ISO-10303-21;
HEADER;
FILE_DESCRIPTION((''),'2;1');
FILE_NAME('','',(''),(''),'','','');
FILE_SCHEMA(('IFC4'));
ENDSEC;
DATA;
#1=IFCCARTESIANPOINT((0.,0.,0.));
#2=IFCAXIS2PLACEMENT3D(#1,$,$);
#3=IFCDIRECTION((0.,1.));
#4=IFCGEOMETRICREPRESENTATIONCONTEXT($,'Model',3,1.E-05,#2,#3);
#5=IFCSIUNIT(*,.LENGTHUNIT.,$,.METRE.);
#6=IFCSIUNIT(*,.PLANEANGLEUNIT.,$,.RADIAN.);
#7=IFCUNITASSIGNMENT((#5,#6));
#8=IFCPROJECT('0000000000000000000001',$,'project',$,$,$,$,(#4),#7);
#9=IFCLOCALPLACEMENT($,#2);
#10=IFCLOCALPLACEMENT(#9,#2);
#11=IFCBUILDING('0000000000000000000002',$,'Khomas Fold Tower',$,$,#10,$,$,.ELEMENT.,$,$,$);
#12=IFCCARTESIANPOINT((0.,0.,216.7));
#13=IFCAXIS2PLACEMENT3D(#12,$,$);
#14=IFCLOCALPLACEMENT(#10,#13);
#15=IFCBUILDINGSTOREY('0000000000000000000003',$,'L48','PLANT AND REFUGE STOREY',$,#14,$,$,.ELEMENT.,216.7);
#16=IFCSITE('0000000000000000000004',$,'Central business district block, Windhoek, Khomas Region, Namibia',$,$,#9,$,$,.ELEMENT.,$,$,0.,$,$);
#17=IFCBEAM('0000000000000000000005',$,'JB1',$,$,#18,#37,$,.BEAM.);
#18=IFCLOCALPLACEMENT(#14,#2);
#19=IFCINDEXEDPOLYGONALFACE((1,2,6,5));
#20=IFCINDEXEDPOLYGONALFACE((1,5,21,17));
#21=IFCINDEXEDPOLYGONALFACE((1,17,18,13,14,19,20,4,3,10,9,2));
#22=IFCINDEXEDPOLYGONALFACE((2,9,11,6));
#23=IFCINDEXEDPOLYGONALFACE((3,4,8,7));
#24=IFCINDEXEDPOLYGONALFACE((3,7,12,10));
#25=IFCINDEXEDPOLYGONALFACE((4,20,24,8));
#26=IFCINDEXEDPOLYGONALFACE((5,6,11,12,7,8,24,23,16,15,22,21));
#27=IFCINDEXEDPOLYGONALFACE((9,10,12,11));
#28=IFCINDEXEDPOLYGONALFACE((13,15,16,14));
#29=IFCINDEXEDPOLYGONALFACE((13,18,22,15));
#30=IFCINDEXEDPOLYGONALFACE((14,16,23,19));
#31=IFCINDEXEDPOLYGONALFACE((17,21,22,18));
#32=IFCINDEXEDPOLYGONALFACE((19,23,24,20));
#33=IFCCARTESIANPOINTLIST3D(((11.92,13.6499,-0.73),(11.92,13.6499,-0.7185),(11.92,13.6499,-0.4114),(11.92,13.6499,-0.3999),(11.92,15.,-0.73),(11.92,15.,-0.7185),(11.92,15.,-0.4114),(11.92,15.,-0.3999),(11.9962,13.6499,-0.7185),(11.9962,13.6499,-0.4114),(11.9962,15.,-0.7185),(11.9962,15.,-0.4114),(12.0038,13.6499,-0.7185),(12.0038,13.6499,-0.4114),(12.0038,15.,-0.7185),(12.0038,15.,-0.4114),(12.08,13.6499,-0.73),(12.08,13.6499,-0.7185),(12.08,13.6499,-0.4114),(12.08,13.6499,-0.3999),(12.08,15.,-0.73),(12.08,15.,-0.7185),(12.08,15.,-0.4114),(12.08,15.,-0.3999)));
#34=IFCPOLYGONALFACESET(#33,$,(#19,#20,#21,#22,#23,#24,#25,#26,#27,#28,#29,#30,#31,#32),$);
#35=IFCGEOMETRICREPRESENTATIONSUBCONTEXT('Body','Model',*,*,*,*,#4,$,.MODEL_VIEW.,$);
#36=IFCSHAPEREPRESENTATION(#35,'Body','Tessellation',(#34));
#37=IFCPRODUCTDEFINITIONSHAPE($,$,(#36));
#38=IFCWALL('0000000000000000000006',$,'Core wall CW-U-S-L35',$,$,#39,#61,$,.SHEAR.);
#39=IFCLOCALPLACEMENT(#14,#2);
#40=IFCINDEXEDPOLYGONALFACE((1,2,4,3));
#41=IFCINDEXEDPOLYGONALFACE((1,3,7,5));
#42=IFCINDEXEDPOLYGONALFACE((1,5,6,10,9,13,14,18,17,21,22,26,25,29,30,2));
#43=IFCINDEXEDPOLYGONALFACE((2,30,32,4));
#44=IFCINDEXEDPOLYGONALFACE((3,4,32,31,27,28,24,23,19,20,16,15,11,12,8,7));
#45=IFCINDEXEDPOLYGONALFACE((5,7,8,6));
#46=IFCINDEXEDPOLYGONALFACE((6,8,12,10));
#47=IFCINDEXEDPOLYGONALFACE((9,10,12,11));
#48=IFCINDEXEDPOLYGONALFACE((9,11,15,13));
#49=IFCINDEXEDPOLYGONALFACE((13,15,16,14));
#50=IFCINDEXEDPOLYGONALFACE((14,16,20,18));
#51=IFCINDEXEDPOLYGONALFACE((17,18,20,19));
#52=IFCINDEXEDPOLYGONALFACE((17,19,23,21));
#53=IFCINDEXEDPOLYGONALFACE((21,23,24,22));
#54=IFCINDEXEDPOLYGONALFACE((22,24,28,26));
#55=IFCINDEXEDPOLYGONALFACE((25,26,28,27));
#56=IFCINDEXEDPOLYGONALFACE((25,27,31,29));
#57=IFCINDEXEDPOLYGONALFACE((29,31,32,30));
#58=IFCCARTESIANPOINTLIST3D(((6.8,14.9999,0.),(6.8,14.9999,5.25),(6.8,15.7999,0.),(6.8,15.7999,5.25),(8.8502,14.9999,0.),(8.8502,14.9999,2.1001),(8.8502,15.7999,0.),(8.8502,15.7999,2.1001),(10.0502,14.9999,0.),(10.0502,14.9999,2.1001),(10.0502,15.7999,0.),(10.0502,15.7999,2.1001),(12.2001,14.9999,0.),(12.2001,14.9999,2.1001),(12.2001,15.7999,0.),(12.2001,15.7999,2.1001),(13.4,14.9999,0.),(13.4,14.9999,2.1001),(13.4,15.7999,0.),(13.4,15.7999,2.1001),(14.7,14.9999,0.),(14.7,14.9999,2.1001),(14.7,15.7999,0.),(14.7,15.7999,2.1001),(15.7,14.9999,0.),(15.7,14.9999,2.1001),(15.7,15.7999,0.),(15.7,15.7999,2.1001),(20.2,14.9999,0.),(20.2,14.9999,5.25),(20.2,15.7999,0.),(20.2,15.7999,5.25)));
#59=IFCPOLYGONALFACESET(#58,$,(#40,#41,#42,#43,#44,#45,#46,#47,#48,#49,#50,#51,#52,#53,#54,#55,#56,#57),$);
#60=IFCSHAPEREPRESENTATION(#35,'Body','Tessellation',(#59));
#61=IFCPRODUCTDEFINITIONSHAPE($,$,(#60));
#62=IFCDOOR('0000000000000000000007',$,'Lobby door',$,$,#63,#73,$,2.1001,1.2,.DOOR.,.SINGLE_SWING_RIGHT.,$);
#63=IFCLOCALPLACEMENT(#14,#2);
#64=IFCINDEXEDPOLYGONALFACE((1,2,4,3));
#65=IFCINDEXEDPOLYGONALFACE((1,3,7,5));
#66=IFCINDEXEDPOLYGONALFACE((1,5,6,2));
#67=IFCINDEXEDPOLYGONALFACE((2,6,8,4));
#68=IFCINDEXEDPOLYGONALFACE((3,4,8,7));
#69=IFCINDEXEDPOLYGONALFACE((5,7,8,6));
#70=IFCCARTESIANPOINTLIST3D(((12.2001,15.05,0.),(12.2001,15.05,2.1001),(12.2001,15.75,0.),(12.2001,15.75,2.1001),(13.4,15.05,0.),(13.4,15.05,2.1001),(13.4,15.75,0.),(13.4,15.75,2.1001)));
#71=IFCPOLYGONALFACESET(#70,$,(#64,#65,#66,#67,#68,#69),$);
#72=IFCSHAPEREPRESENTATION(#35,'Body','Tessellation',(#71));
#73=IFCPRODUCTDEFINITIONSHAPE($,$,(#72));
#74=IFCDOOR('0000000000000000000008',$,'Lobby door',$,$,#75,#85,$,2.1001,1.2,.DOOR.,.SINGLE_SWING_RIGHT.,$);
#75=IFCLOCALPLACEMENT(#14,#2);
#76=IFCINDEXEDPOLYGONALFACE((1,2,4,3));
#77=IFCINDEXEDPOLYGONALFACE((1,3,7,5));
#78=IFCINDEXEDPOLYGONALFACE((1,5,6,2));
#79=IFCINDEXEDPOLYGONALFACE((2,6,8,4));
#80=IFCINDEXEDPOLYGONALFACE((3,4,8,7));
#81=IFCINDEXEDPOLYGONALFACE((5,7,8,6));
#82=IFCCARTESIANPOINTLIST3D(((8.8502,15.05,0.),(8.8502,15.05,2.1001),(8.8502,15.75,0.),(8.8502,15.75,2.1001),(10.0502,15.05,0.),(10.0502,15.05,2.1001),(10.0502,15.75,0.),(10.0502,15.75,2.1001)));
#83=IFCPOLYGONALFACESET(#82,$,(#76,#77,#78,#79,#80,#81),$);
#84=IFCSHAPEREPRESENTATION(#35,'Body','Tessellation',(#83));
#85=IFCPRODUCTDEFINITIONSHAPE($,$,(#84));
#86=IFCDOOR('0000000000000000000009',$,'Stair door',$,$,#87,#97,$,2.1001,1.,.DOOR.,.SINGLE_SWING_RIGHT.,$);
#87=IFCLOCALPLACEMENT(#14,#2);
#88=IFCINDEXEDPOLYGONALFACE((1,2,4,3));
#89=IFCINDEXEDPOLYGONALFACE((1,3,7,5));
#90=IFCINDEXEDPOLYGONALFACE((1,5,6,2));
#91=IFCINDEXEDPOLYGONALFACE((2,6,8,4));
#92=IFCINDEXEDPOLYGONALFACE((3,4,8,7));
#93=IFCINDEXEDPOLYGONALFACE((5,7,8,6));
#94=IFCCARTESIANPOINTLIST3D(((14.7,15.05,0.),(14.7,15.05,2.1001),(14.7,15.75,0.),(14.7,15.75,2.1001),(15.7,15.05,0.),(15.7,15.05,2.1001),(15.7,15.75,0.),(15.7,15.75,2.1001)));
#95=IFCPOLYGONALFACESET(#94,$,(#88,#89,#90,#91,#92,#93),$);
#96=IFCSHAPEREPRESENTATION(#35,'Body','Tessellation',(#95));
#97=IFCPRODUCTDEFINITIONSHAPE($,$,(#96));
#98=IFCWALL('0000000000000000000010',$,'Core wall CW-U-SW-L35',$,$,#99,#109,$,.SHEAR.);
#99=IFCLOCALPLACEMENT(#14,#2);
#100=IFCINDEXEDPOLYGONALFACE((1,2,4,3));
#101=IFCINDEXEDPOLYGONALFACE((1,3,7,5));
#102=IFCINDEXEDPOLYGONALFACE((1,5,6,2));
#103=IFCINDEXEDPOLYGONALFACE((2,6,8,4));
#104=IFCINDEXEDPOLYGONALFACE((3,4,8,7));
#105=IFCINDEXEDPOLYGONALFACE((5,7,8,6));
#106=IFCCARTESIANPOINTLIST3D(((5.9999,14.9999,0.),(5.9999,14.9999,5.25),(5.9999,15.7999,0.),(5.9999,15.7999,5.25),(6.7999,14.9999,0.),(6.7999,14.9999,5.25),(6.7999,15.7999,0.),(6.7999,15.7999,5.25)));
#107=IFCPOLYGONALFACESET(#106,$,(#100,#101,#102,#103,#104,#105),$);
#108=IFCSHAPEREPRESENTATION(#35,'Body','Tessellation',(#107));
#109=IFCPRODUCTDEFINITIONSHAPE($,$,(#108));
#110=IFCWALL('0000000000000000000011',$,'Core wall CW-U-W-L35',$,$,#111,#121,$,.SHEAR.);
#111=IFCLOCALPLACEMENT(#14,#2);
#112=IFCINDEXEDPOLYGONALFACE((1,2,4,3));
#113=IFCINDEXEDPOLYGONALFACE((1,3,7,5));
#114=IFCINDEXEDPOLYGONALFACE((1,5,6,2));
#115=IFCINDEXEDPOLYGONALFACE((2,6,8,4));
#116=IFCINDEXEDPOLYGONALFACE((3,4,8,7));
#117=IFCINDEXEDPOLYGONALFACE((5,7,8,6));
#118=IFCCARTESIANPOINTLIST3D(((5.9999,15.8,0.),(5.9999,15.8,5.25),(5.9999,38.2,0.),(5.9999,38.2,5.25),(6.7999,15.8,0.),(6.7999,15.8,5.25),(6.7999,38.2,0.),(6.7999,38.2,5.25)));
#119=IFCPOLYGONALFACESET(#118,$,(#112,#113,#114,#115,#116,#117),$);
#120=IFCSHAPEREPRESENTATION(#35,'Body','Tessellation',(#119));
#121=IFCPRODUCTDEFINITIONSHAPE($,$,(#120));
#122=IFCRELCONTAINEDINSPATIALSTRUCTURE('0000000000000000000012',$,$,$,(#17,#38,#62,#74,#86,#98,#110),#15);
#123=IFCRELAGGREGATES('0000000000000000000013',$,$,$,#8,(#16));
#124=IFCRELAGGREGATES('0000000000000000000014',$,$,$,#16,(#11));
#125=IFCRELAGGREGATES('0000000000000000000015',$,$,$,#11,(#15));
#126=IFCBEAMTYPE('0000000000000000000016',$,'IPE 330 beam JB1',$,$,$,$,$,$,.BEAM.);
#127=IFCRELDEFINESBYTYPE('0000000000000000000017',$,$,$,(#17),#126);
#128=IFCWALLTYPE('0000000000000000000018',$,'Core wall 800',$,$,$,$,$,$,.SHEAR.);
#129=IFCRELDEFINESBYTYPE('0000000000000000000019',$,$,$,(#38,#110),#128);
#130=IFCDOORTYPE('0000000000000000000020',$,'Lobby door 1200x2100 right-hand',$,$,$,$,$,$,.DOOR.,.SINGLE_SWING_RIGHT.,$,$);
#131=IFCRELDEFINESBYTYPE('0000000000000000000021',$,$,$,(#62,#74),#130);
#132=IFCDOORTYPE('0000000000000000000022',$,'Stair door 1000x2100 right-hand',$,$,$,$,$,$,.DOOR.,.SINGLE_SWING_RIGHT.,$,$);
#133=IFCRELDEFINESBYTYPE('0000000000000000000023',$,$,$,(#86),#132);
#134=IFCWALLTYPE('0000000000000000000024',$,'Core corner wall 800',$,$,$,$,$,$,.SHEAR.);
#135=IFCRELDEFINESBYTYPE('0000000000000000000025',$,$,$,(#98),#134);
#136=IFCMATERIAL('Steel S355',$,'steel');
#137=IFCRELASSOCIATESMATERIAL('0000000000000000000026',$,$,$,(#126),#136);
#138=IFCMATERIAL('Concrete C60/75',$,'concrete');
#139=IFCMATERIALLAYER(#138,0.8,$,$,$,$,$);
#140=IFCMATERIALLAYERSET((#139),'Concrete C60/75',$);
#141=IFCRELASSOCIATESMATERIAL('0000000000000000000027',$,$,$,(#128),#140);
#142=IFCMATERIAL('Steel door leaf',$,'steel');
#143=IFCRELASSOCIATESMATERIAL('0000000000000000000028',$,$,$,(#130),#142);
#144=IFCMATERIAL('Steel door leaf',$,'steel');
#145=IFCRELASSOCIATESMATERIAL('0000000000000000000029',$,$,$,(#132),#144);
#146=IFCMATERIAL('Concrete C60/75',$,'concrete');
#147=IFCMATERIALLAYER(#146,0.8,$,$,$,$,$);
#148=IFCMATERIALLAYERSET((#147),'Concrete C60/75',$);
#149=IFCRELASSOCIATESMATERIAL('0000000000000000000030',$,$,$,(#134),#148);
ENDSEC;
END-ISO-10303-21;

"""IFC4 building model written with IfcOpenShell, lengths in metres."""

from ifc_helpers import new_model, si_unit, direction, frame, frame_2d, origin, origin_2d, place, context, subcontext, project, spatial, rectangle, i_section, extrude, source, transform, mapped, material, layer, layer_set, material_profile, profile_set, type_object, element, fill, save


model = new_model("IFC4")

# Units and contexts
model_context = context("Model", 3, precision=1e-05, world=origin(), true_north=direction((0.0, 1.0)))
body_context = subcontext(model_context, "Body", "Model", "MODEL_VIEW")
ifc_project = project(units=[si_unit("LENGTHUNIT", "METRE"), si_unit("PLANEANGLEUNIT", "RADIAN")], contexts=[model_context])

# Site, building, storey
site_placement = place(None, origin())
site = spatial("IfcSite", under=ifc_project, at=site_placement, Name="Central business district block, Windhoek, Khomas Region, Namibia", CompositionType="ELEMENT", RefElevation=0.0)
building_placement = place(site_placement, origin())
building = spatial("IfcBuilding", under=site, at=building_placement, Name="Khomas Fold Tower", CompositionType="ELEMENT")
storey_placement = place(building_placement, frame((0.0, 0.0, 216.7)))
storey = spatial("IfcBuildingStorey", under=building, at=storey_placement, Name="L48", Description="PLANT AND REFUGE STOREY", CompositionType="ELEMENT", Elevation=216.7)

# Beam
ifc_material_1 = material(Name="Steel S355", Category="steel")
ifc_material_profile = material_profile(ifc_material_1, i_section(OverallWidth=0.1599, OverallDepth=0.3301, WebThickness=0.0076, FlangeThickness=0.0115, at=origin_2d()), Name="IPE 330")
ifc_profile_set = profile_set([ifc_material_profile], Name="Steel S355")
beam_type = type_object("IfcBeamType", Name="IPE 330 beam JB1", PredefinedType="BEAM", material=ifc_profile_set)
shared_shape_1 = source(origin(), body_context, "Body", "SweptSolid", [
    extrude(i_section(OverallWidth=0.1599, OverallDepth=0.3301, WebThickness=0.0076, FlangeThickness=0.0115, at=origin_2d()), origin(), (0.0, 0.0, 1.0), 1.3501),
])
beam_placement = place(storey_placement, frame((12.0, 13.6499, -0.5649), z_axis=(0.0, 1.0, 0.0), x_axis=(-1.0, 0.0, 0.0)))
element("IfcBeam", 1, at=beam_placement, inside=storey, type_object=beam_type, Name="JB1", PredefinedType="BEAM", context=body_context, shape_type="MappedRepresentation", body=[
    mapped(shared_shape_1, transform((0.0, 0.0, 0.0))),
])

# Wall, openings, doors
ifc_material_2 = material(Name="Concrete C60/75", Category="concrete")
ifc_layer_1 = layer(ifc_material_2, 0.8)
ifc_layer_set_1 = layer_set([ifc_layer_1], Name="Concrete C60/75")
wall_type_1 = type_object("IfcWallType", Name="Core wall 800", PredefinedType="SHEAR", material=ifc_layer_set_1)
shared_shape_2 = source(origin(), body_context, "Body", "SweptSolid", [
    extrude(rectangle(XDim=13.3999, YDim=0.8, at=frame_2d((6.7, 0.0))), origin(), (0.0, 0.0, 1.0), 5.25),
])
wall_1_placement = place(storey_placement, frame((6.8, 15.3999, 0.0), z_axis=(0.0, 0.0, 1.0), x_axis=(1.0, 0.0, 0.0)))
wall_1 = element("IfcWall", 2, at=wall_1_placement, inside=storey, type_object=wall_type_1, Name="Core wall CW-U-S-L35", PredefinedType="SHEAR", context=body_context, shape_type="MappedRepresentation", body=[
    mapped(shared_shape_2, transform((0.0, 0.0, 0.0))),
])
shared_shape_3 = source(origin(), body_context, "Body", "SweptSolid", [
    extrude(rectangle(XDim=1.2, YDim=2.1001, at=frame_2d((0.6001, 1.05))), frame((0.0, 0.4099, 0.0), z_axis=(0.0, -1.0, 0.0), x_axis=(1.0, 0.0, 0.0)), (0.0, 0.0, 1.0), 0.8201),
])
opening_1_placement = place(wall_1_placement, frame((5.3999, 0.0, 0.0)))
opening_1 = element("IfcOpeningElement", 3, at=opening_1_placement, cuts=wall_1, PredefinedType="OPENING", context=body_context, shape_type="MappedRepresentation", body=[
    mapped(shared_shape_3, transform((0.0, 0.0, 0.0))),
])
opening_2_placement = place(wall_1_placement, frame((2.05, 0.0, 0.0)))
opening_2 = element("IfcOpeningElement", 4, at=opening_2_placement, cuts=wall_1, PredefinedType="OPENING", context=body_context, shape_type="MappedRepresentation", body=[
    mapped(shared_shape_3, transform((0.0, 0.0, 0.0))),
])
shared_shape_4 = source(origin(), body_context, "Body", "SweptSolid", [
    extrude(rectangle(XDim=1.0, YDim=2.1001, at=frame_2d((0.5, 1.05))), frame((0.0, 0.4099, 0.0), z_axis=(0.0, -1.0, 0.0), x_axis=(1.0, 0.0, 0.0)), (0.0, 0.0, 1.0), 0.8201),
])
opening_3_placement = place(wall_1_placement, frame((7.8999, 0.0, 0.0)))
opening_3 = element("IfcOpeningElement", 5, at=opening_3_placement, cuts=wall_1, PredefinedType="OPENING", context=body_context, shape_type="MappedRepresentation", body=[
    mapped(shared_shape_4, transform((0.0, 0.0, 0.0))),
])
ifc_material_3 = material(Name="Steel door leaf", Category="steel")
door_type_1 = type_object("IfcDoorType", Name="Lobby door 1200x2100 right-hand", OperationType="SINGLE_SWING_RIGHT", PredefinedType="DOOR", material=ifc_material_3)
shared_shape_5 = source(origin(), body_context, "Body", "SweptSolid", [
    extrude(rectangle(XDim=1.2, YDim=2.1001, at=frame_2d((0.6001, 1.05))), frame((0.0, 0.3501, 0.0), z_axis=(0.0, -1.0, 0.0), x_axis=(1.0, 0.0, 0.0)), (0.0, 0.0, 1.0), 0.7),
])
door_1_placement = place(opening_1_placement, origin())
door_1 = element("IfcDoor", 6, at=door_1_placement, inside=storey, type_object=door_type_1, Name="Lobby door", OperationType="SINGLE_SWING_RIGHT", OverallHeight=2.1001, OverallWidth=1.2, PredefinedType="DOOR", context=body_context, shape_type="MappedRepresentation", body=[
    mapped(shared_shape_5, transform((0.0, 0.0, 0.0))),
])
fill(opening_1, door_1)
door_2_placement = place(opening_2_placement, origin())
door_2 = element("IfcDoor", 7, at=door_2_placement, inside=storey, type_object=door_type_1, Name="Lobby door", OperationType="SINGLE_SWING_RIGHT", OverallHeight=2.1001, OverallWidth=1.2, PredefinedType="DOOR", context=body_context, shape_type="MappedRepresentation", body=[
    mapped(shared_shape_5, transform((0.0, 0.0, 0.0))),
])
fill(opening_2, door_2)
ifc_material_4 = material(Name="Steel door leaf", Category="steel")
door_type_2 = type_object("IfcDoorType", Name="Stair door 1000x2100 right-hand", OperationType="SINGLE_SWING_RIGHT", PredefinedType="DOOR", material=ifc_material_4)
shared_shape_6 = source(origin(), body_context, "Body", "SweptSolid", [
    extrude(rectangle(XDim=1.0, YDim=2.1001, at=frame_2d((0.5, 1.05))), frame((0.0, 0.3501, 0.0), z_axis=(0.0, -1.0, 0.0), x_axis=(1.0, 0.0, 0.0)), (0.0, 0.0, 1.0), 0.7),
])
door_3_placement = place(opening_3_placement, origin())
door_3 = element("IfcDoor", 8, at=door_3_placement, inside=storey, type_object=door_type_2, Name="Stair door", OperationType="SINGLE_SWING_RIGHT", OverallHeight=2.1001, OverallWidth=1.0, PredefinedType="DOOR", context=body_context, shape_type="MappedRepresentation", body=[
    mapped(shared_shape_6, transform((0.0, 0.0, 0.0))),
])
fill(opening_3, door_3)

# Walls
ifc_material_5 = material(Name="Concrete C60/75", Category="concrete")
ifc_layer_2 = layer(ifc_material_5, 0.8)
ifc_layer_set_2 = layer_set([ifc_layer_2], Name="Concrete C60/75")
wall_type_2 = type_object("IfcWallType", Name="Core corner wall 800", PredefinedType="SHEAR", material=ifc_layer_set_2)
shared_shape_7 = source(origin(), body_context, "Body", "SweptSolid", [
    extrude(rectangle(XDim=0.8, YDim=0.8, at=frame_2d((0.3999, 0.0))), origin(), (0.0, 0.0, 1.0), 5.25),
])
wall_2_placement = place(storey_placement, frame((6.0, 15.3999, 0.0), z_axis=(0.0, 0.0, 1.0), x_axis=(1.0, 0.0, 0.0)))
element("IfcWall", 9, at=wall_2_placement, inside=storey, type_object=wall_type_2, Name="Core wall CW-U-SW-L35", PredefinedType="SHEAR", context=body_context, shape_type="MappedRepresentation", body=[
    mapped(shared_shape_7, transform((0.0, 0.0, 0.0))),
])
shared_shape_8 = source(origin(), body_context, "Body", "SweptSolid", [
    extrude(rectangle(XDim=22.3999, YDim=0.8, at=frame_2d((11.2, 0.0))), origin(), (0.0, 0.0, 1.0), 5.25),
])
wall_3_placement = place(storey_placement, frame((6.3999, 15.8, 0.0), z_axis=(0.0, 0.0, 1.0), x_axis=(0.0, 1.0, 0.0)))
element("IfcWall", 10, at=wall_3_placement, inside=storey, type_object=wall_type_1, Name="Core wall CW-U-W-L35", PredefinedType="SHEAR", context=body_context, shape_type="MappedRepresentation", body=[
    mapped(shared_shape_8, transform((0.0, 0.0, 0.0))),
])

save(model, "model.ifc")
